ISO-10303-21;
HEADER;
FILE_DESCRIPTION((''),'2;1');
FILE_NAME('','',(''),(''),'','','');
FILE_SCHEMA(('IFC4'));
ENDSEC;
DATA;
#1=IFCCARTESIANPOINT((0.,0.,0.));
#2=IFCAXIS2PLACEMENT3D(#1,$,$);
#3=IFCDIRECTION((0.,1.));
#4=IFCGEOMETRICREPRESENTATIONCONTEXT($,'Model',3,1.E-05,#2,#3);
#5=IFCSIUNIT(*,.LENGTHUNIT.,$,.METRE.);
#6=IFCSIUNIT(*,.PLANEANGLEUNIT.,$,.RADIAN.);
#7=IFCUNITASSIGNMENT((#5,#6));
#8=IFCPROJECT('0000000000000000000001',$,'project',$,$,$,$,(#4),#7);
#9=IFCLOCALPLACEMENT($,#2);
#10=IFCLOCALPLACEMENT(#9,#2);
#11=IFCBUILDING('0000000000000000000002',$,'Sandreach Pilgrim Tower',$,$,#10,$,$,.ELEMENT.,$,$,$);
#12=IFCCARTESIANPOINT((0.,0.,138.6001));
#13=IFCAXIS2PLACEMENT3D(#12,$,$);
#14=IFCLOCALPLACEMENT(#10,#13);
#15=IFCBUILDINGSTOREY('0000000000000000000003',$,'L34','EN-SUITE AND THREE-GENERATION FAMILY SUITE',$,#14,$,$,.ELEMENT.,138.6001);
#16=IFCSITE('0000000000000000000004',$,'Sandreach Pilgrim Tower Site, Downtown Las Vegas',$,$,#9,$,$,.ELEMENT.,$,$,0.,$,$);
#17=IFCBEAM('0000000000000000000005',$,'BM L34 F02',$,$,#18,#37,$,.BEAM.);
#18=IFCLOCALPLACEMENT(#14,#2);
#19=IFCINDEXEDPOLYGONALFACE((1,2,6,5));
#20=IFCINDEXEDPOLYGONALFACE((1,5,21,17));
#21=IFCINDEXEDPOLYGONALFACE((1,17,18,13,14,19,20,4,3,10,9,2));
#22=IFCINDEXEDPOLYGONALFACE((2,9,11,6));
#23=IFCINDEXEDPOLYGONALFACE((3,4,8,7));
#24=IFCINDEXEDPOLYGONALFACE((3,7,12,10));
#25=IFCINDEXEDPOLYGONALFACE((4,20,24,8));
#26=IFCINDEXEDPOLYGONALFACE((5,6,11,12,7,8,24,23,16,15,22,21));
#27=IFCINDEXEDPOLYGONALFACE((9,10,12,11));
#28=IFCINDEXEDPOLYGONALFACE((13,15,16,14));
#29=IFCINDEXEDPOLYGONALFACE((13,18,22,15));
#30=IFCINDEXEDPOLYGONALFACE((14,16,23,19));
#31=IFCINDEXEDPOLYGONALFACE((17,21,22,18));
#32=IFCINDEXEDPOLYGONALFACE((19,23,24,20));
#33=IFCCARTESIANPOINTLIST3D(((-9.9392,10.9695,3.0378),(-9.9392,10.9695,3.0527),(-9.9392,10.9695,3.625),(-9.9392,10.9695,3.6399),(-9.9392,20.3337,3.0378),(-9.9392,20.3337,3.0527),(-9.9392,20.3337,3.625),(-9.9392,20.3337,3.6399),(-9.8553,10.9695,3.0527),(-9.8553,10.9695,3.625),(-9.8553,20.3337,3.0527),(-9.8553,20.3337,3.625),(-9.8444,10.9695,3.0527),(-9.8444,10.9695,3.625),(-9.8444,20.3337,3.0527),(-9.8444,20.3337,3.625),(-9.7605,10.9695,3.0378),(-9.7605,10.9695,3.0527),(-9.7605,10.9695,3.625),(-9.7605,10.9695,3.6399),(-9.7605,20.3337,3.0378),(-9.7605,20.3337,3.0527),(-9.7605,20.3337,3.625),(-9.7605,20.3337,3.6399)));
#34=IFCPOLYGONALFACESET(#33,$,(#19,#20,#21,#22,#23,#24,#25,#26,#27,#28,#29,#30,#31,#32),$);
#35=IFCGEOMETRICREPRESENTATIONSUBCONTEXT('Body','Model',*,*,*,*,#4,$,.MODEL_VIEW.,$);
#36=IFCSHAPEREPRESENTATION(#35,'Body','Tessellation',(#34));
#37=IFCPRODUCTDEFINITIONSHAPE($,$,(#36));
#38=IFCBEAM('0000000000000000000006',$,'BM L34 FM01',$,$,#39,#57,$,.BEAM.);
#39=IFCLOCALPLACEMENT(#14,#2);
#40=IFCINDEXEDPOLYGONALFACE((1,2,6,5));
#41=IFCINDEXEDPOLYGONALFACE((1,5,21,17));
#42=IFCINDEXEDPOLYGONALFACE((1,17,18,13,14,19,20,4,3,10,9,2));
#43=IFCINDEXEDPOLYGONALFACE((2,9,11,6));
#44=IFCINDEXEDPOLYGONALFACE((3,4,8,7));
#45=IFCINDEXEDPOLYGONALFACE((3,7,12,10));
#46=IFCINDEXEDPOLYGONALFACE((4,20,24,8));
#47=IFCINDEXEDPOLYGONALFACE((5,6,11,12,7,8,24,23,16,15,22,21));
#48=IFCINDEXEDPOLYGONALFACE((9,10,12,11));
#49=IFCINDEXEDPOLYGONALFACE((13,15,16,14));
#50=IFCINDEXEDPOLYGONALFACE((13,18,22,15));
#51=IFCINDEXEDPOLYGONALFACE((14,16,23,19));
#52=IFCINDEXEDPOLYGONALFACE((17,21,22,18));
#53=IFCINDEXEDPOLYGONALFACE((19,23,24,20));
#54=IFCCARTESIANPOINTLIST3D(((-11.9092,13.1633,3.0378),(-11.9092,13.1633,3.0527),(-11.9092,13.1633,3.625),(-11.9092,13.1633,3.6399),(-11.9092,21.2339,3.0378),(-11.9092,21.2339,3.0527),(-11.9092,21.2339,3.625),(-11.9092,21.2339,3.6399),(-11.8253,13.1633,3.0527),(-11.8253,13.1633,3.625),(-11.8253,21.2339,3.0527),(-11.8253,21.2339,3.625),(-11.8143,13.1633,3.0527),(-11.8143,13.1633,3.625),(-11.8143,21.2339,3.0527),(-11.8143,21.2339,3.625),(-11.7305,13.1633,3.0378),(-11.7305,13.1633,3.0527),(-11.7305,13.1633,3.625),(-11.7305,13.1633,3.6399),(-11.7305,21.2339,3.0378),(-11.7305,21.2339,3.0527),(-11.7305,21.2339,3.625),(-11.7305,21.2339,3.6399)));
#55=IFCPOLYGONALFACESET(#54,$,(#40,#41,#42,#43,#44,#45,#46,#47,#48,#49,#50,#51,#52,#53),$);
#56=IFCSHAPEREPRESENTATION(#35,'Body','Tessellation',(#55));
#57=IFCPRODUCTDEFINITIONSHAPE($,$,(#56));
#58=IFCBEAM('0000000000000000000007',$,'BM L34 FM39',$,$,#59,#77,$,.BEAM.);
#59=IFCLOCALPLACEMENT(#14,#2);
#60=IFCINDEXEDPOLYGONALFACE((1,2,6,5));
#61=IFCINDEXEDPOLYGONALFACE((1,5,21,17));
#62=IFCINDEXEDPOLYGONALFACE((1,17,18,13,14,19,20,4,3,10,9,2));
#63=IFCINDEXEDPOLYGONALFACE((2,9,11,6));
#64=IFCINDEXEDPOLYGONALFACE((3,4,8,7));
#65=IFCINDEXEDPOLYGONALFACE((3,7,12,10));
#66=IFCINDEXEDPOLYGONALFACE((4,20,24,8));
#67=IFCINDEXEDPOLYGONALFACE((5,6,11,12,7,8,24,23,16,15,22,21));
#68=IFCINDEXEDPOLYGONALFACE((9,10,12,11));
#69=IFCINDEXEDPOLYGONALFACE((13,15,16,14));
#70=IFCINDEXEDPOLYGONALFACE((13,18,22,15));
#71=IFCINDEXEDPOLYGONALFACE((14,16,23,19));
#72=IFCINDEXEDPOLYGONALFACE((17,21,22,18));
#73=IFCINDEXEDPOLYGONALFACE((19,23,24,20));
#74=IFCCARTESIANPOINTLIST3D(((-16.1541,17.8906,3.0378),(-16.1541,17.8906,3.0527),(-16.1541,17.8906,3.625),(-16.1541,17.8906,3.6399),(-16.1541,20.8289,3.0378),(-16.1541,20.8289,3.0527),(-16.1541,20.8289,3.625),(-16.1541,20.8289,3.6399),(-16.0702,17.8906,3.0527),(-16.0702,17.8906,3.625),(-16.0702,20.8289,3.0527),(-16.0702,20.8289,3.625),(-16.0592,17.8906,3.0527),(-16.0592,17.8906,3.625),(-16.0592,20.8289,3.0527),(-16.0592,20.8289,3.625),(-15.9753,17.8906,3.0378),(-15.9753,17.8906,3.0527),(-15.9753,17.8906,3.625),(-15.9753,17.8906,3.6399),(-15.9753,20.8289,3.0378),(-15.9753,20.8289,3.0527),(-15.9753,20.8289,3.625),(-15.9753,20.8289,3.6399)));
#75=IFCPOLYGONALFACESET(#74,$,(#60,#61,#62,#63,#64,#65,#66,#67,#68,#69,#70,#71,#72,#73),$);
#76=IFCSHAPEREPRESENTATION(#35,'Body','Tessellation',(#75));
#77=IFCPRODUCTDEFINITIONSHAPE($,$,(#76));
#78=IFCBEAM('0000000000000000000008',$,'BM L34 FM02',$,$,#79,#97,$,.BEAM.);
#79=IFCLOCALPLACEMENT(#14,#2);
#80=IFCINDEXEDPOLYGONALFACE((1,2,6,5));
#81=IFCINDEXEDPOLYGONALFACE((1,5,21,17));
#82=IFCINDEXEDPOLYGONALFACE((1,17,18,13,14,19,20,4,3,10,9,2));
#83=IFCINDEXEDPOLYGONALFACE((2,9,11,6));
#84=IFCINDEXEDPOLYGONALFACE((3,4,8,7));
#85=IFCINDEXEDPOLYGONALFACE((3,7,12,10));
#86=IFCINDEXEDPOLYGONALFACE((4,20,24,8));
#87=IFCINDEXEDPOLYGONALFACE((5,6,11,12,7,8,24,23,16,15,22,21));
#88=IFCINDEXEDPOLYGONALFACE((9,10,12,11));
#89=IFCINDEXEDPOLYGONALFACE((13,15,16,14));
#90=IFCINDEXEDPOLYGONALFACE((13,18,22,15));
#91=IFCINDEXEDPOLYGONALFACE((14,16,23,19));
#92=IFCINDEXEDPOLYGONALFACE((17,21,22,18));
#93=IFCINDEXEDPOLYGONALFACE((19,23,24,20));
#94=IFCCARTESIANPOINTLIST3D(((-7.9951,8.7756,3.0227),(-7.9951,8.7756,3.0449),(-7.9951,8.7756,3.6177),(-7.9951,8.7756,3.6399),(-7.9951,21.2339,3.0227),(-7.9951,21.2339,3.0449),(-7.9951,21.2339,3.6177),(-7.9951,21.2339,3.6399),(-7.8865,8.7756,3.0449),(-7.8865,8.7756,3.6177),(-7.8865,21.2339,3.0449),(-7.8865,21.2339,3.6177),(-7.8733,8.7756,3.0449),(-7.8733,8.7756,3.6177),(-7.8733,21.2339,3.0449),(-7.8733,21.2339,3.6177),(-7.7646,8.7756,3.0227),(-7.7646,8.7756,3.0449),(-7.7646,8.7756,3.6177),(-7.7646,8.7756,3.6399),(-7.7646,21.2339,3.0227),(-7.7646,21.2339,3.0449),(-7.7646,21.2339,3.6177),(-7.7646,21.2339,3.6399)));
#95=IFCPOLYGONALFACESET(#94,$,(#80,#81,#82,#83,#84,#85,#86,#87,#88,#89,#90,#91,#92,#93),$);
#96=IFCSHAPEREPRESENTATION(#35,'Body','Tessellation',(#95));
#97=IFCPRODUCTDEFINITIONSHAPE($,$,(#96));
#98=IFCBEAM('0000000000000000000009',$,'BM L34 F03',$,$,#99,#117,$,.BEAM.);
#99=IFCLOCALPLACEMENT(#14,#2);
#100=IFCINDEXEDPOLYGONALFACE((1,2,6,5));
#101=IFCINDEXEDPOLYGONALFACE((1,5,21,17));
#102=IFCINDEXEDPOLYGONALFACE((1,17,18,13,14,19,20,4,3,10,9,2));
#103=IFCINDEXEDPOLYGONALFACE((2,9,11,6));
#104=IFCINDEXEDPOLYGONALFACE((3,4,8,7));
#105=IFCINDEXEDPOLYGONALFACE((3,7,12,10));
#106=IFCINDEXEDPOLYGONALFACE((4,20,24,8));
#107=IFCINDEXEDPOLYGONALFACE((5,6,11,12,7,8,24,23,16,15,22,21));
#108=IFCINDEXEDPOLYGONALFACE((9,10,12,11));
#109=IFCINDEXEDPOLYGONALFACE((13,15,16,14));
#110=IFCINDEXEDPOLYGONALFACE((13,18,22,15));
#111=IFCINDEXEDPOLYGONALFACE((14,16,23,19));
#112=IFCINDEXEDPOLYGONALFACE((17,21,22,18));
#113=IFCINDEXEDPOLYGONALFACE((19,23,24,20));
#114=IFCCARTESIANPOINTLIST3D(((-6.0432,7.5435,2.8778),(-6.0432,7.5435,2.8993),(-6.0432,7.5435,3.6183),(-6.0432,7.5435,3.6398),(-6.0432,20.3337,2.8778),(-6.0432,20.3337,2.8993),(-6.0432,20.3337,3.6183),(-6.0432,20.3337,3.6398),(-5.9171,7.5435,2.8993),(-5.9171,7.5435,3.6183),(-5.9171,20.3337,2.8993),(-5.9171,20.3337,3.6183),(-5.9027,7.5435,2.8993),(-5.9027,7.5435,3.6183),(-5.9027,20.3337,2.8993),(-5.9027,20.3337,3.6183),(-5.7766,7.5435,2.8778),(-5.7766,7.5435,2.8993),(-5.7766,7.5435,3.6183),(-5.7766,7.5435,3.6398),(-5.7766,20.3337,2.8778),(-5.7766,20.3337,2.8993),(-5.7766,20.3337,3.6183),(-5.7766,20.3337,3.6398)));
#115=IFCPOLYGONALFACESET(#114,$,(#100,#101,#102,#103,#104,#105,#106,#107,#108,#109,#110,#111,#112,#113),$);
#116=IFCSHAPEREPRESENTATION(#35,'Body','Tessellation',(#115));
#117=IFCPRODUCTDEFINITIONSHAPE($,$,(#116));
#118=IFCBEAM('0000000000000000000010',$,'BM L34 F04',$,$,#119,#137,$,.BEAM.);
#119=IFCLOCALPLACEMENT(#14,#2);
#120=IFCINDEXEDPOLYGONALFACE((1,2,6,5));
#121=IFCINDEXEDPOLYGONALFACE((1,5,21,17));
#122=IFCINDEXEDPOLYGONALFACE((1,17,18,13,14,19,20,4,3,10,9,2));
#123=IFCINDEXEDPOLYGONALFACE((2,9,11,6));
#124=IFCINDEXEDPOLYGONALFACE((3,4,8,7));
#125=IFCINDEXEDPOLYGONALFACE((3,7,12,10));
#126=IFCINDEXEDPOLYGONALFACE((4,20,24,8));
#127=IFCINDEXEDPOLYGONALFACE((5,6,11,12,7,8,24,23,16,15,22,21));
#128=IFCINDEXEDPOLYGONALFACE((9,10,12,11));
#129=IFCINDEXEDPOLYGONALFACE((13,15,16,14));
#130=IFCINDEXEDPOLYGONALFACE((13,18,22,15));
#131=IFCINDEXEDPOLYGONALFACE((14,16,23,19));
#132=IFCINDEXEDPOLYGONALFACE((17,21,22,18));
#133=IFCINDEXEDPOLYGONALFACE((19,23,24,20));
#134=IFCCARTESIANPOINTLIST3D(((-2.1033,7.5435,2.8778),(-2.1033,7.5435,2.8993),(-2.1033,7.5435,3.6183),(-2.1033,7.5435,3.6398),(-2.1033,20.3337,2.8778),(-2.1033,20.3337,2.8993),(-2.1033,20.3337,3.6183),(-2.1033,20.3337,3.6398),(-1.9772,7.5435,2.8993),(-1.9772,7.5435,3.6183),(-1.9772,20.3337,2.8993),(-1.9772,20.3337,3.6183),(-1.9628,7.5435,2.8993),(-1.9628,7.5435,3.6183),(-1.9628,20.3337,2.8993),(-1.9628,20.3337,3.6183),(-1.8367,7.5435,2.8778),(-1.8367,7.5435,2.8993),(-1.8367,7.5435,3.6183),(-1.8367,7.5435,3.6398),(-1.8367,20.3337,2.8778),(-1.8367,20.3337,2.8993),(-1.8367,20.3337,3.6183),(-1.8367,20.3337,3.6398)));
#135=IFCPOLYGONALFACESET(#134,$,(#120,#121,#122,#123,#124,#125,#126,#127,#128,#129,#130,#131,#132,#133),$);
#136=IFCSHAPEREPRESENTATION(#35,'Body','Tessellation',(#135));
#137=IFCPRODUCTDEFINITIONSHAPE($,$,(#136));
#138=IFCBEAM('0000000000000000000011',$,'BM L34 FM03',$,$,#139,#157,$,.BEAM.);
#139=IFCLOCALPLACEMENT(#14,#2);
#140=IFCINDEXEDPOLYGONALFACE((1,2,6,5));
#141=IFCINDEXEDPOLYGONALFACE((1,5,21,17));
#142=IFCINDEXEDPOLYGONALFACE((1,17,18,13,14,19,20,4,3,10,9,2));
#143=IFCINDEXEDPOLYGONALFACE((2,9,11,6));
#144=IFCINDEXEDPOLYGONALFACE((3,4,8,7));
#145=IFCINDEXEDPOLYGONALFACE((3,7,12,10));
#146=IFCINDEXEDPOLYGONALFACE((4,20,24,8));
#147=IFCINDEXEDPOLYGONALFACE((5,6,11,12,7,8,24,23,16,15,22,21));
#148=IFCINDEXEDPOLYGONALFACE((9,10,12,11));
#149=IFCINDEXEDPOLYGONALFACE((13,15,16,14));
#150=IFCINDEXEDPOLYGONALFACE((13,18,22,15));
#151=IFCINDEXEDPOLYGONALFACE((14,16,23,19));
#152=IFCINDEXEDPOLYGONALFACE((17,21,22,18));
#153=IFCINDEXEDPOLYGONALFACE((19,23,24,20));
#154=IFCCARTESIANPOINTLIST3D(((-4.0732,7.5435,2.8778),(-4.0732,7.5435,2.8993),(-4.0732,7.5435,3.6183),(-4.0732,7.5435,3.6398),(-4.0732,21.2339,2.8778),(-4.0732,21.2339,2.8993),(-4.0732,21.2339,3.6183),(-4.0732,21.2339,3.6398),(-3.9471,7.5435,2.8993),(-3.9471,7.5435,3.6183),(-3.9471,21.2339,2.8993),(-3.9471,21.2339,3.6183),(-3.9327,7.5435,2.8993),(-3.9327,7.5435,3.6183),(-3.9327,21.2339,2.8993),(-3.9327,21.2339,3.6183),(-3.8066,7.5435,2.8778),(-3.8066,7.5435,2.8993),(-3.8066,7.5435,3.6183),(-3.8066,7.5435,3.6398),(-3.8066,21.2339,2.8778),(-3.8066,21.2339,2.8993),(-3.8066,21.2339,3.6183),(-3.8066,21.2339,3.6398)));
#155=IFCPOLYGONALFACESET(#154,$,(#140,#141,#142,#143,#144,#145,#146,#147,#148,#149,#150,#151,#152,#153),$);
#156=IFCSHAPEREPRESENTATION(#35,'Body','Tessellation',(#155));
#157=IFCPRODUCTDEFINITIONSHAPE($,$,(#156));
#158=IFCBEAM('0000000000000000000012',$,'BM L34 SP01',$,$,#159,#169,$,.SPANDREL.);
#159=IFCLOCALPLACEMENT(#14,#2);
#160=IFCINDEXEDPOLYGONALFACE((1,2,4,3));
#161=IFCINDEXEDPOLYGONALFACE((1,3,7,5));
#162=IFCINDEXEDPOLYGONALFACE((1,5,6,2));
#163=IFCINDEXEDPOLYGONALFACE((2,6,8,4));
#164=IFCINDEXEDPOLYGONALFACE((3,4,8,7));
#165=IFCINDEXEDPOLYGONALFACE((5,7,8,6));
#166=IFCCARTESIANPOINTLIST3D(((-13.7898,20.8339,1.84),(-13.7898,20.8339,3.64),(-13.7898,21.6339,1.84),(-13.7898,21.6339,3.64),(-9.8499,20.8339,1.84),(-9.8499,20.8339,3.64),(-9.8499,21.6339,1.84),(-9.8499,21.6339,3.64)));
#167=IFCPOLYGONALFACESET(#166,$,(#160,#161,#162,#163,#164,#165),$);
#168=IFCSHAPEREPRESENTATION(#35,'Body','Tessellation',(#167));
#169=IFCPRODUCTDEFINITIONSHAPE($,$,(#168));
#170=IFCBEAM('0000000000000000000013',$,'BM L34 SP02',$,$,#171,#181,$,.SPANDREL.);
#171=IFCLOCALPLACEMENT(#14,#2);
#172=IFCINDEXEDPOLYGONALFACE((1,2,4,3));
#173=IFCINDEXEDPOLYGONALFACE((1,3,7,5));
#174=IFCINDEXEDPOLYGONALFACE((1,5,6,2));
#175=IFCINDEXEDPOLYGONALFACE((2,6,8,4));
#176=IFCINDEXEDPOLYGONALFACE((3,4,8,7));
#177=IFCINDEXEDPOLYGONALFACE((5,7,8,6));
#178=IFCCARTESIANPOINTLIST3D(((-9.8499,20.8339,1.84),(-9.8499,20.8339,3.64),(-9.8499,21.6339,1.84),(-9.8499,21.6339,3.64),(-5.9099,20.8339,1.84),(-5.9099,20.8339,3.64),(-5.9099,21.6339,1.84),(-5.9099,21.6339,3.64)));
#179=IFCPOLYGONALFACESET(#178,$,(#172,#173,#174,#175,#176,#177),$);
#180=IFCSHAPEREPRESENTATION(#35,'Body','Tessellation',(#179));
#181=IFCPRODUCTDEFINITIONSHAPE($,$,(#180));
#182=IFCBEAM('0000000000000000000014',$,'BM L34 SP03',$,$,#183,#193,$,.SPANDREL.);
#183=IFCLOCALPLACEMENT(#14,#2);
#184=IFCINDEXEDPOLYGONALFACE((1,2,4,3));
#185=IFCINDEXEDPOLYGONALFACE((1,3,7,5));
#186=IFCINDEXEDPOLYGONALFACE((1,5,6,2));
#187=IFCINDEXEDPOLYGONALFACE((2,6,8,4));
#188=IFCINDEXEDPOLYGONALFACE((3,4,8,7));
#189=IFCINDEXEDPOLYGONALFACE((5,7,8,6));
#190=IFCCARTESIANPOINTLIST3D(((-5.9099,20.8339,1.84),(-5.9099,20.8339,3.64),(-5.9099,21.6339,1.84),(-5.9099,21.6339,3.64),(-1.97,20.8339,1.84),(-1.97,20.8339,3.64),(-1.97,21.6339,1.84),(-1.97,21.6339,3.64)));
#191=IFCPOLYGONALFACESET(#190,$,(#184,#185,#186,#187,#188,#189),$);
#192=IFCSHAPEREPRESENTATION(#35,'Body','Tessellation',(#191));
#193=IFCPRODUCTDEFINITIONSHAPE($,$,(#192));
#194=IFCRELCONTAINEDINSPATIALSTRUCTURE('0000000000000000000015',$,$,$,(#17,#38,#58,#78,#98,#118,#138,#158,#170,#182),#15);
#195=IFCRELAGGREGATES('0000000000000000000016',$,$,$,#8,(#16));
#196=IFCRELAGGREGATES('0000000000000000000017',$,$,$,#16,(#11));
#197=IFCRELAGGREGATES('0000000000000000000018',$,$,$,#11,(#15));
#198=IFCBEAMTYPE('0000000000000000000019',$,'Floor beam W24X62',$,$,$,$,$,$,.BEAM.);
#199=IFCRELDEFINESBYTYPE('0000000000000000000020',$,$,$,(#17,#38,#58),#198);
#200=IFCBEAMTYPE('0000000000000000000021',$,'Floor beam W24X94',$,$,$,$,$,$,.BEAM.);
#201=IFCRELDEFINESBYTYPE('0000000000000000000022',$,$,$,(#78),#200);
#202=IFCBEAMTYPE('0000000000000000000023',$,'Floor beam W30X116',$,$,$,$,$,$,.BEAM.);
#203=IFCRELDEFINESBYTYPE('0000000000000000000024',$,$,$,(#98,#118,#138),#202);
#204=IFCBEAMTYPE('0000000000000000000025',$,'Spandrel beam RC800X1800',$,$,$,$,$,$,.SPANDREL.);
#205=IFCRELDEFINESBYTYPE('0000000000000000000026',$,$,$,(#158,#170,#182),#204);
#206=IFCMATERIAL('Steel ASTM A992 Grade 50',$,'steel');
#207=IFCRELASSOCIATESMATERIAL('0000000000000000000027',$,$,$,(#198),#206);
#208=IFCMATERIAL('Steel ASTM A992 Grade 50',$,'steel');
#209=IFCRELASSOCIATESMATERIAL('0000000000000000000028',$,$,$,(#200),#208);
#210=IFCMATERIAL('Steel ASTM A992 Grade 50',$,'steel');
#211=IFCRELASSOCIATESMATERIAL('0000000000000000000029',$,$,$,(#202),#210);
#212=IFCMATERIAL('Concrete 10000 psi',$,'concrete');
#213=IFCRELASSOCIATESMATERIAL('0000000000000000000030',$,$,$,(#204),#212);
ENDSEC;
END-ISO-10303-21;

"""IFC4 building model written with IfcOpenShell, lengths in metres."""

from ifc_helpers import new_model, si_unit, direction, frame, origin, origin_2d, place, context, subcontext, project, spatial, rectangle, i_section, extrude, material, material_profile, profile_set, type_object, element, save


model = new_model("IFC4")

# Units and contexts
model_context = context("Model", 3, precision=1e-05, world=origin(), true_north=direction((0.0, 1.0)))
body_context = subcontext(model_context, "Body", "Model", "MODEL_VIEW")
ifc_project = project(units=[si_unit("LENGTHUNIT", "METRE"), si_unit("PLANEANGLEUNIT", "RADIAN")], contexts=[model_context])

# Site, building, storey
site_placement = place(None, origin())
site = spatial("IfcSite", under=ifc_project, at=site_placement, Name="Sandreach Pilgrim Tower Site, Downtown Las Vegas", CompositionType="ELEMENT", RefElevation=0.0)
building_placement = place(site_placement, origin())
building = spatial("IfcBuilding", under=site, at=building_placement, Name="Sandreach Pilgrim Tower", CompositionType="ELEMENT")
storey_placement = place(building_placement, frame((0.0, 0.0, 138.6001)))
storey = spatial("IfcBuildingStorey", under=building, at=storey_placement, Name="L34", Description="EN-SUITE AND THREE-GENERATION FAMILY SUITE", CompositionType="ELEMENT", Elevation=138.6001)

# Beams
ifc_material_1 = material(Name="Steel ASTM A992 Grade 50", Category="steel")
ifc_material_profile_1 = material_profile(ifc_material_1, i_section(OverallWidth=0.1787, OverallDepth=0.6021, WebThickness=0.011, FlangeThickness=0.0149, at=origin_2d()), Name="W24X62")
ifc_profile_set_1 = profile_set([ifc_material_profile_1], Name="Steel ASTM A992 Grade 50")
beam_type_1 = type_object("IfcBeamType", Name="Floor beam W24X62", PredefinedType="BEAM", material=ifc_profile_set_1)
beam_1_placement = place(storey_placement, frame((-9.8499, 20.3337, 3.3389), z_axis=(0.0, -1.0, 0.0), x_axis=(1.0, 0.0, 0.0)))
element("IfcBeam", 1, at=beam_1_placement, inside=storey, type_object=beam_type_1, Name="BM L34 F02", PredefinedType="BEAM", context=body_context, shape_type="SweptSolid", body=[
    extrude(i_section(OverallWidth=0.1787, OverallDepth=0.6021, WebThickness=0.011, FlangeThickness=0.0149, at=origin_2d()), origin(), (0.0, 0.0, 1.0), 9.3643),
])
beam_2_placement = place(storey_placement, frame((-11.8198, 21.2339, 3.3389), z_axis=(0.0, -1.0, 0.0), x_axis=(1.0, 0.0, 0.0)))
element("IfcBeam", 2, at=beam_2_placement, inside=storey, type_object=beam_type_1, Name="BM L34 FM01", PredefinedType="BEAM", context=body_context, shape_type="SweptSolid", body=[
    extrude(i_section(OverallWidth=0.1787, OverallDepth=0.6021, WebThickness=0.011, FlangeThickness=0.0149, at=origin_2d()), origin(), (0.0, 0.0, 1.0), 8.0706),
])
beam_3_placement = place(storey_placement, frame((-16.0647, 20.8289, 3.3389), z_axis=(0.0, -1.0, 0.0), x_axis=(1.0, 0.0, 0.0)))
element("IfcBeam", 3, at=beam_3_placement, inside=storey, type_object=beam_type_1, Name="BM L34 FM39", PredefinedType="BEAM", context=body_context, shape_type="SweptSolid", body=[
    extrude(i_section(OverallWidth=0.1787, OverallDepth=0.6021, WebThickness=0.011, FlangeThickness=0.0149, at=origin_2d()), origin(), (0.0, 0.0, 1.0), 2.9382),
])
ifc_material_2 = material(Name="Steel ASTM A992 Grade 50", Category="steel")
ifc_material_profile_2 = material_profile(ifc_material_2, i_section(OverallWidth=0.2305, OverallDepth=0.6172, WebThickness=0.0132, FlangeThickness=0.0222, at=origin_2d()), Name="W24X94")
ifc_profile_set_2 = profile_set([ifc_material_profile_2], Name="Steel ASTM A992 Grade 50")
beam_type_2 = type_object("IfcBeamType", Name="Floor beam W24X94", PredefinedType="BEAM", material=ifc_profile_set_2)
beam_4_placement = place(storey_placement, frame((-7.8799, 21.2339, 3.3313), z_axis=(0.0, -1.0, 0.0), x_axis=(1.0, 0.0, 0.0)))
element("IfcBeam", 4, at=beam_4_placement, inside=storey, type_object=beam_type_2, Name="BM L34 FM02", PredefinedType="BEAM", context=body_context, shape_type="SweptSolid", body=[
    extrude(i_section(OverallWidth=0.2305, OverallDepth=0.6172, WebThickness=0.0132, FlangeThickness=0.0222, at=origin_2d()), origin(), (0.0, 0.0, 1.0), 12.4583),
])
ifc_material_3 = material(Name="Steel ASTM A992 Grade 50", Category="steel")
ifc_material_profile_3 = material_profile(ifc_material_3, i_section(OverallWidth=0.2666, OverallDepth=0.762, WebThickness=0.0144, FlangeThickness=0.0215, at=origin_2d()), Name="W30X116")
ifc_profile_set_3 = profile_set([ifc_material_profile_3], Name="Steel ASTM A992 Grade 50")
beam_type_3 = type_object("IfcBeamType", Name="Floor beam W30X116", PredefinedType="BEAM", material=ifc_profile_set_3)
for number, where, z_axis, x_axis, name in (
    (5, (-5.9099, 20.3337, 3.2588), (0.0, -1.0, 0.0), (1.0, 0.0, 0.0), "BM L34 F03"),
    (6, (-1.97, 20.3337, 3.2588), (0.0, -1.0, 0.0), (1.0, 0.0, 0.0), "BM L34 F04"),
):
    element("IfcBeam", number, at=place(storey_placement, frame(where, z_axis=z_axis, x_axis=x_axis)), inside=storey, type_object=beam_type_3, Name=name, PredefinedType="BEAM", context=body_context, shape_type="SweptSolid", body=[
        extrude(i_section(OverallWidth=0.2666, OverallDepth=0.762, WebThickness=0.0144, FlangeThickness=0.0215, at=origin_2d()), origin(), (0.0, 0.0, 1.0), 12.7903),
    ])
beam_5_placement = place(storey_placement, frame((-3.9399, 21.2339, 3.2588), z_axis=(0.0, -1.0, 0.0), x_axis=(1.0, 0.0, 0.0)))
element("IfcBeam", 7, at=beam_5_placement, inside=storey, type_object=beam_type_3, Name="BM L34 FM03", PredefinedType="BEAM", context=body_context, shape_type="SweptSolid", body=[
    extrude(i_section(OverallWidth=0.2666, OverallDepth=0.762, WebThickness=0.0144, FlangeThickness=0.0215, at=origin_2d()), origin(), (0.0, 0.0, 1.0), 13.6904),
])
ifc_material_4 = material(Name="Concrete 10000 psi", Category="concrete")
ifc_material_profile_4 = material_profile(ifc_material_4, rectangle(XDim=0.8, YDim=1.8, at=origin_2d()), Name="RC800X1800")
ifc_profile_set_4 = profile_set([ifc_material_profile_4], Name="Concrete 10000 psi")
beam_type_4 = type_object("IfcBeamType", Name="Spandrel beam RC800X1800", PredefinedType="SPANDREL", material=ifc_profile_set_4)
for number, where, z_axis, x_axis, name in (
    (8, (-13.7898, 21.2339, 2.74), (1.0, 0.0, 0.0), (0.0, 1.0, 0.0), "BM L34 SP01"),
    (9, (-9.8499, 21.2339, 2.74), (1.0, 0.0, 0.0), (0.0, 1.0, 0.0), "BM L34 SP02"),
    (10, (-5.9099, 21.2339, 2.74), (1.0, 0.0, 0.0), (0.0, 1.0, 0.0), "BM L34 SP03"),
):
    element("IfcBeam", number, at=place(storey_placement, frame(where, z_axis=z_axis, x_axis=x_axis)), inside=storey, type_object=beam_type_4, Name=name, PredefinedType="SPANDREL", context=body_context, shape_type="SweptSolid", body=[
        extrude(rectangle(XDim=0.8, YDim=1.8, at=origin_2d()), origin(), (0.0, 0.0, 1.0), 3.9399),
    ])

save(model, "model.ifc")
